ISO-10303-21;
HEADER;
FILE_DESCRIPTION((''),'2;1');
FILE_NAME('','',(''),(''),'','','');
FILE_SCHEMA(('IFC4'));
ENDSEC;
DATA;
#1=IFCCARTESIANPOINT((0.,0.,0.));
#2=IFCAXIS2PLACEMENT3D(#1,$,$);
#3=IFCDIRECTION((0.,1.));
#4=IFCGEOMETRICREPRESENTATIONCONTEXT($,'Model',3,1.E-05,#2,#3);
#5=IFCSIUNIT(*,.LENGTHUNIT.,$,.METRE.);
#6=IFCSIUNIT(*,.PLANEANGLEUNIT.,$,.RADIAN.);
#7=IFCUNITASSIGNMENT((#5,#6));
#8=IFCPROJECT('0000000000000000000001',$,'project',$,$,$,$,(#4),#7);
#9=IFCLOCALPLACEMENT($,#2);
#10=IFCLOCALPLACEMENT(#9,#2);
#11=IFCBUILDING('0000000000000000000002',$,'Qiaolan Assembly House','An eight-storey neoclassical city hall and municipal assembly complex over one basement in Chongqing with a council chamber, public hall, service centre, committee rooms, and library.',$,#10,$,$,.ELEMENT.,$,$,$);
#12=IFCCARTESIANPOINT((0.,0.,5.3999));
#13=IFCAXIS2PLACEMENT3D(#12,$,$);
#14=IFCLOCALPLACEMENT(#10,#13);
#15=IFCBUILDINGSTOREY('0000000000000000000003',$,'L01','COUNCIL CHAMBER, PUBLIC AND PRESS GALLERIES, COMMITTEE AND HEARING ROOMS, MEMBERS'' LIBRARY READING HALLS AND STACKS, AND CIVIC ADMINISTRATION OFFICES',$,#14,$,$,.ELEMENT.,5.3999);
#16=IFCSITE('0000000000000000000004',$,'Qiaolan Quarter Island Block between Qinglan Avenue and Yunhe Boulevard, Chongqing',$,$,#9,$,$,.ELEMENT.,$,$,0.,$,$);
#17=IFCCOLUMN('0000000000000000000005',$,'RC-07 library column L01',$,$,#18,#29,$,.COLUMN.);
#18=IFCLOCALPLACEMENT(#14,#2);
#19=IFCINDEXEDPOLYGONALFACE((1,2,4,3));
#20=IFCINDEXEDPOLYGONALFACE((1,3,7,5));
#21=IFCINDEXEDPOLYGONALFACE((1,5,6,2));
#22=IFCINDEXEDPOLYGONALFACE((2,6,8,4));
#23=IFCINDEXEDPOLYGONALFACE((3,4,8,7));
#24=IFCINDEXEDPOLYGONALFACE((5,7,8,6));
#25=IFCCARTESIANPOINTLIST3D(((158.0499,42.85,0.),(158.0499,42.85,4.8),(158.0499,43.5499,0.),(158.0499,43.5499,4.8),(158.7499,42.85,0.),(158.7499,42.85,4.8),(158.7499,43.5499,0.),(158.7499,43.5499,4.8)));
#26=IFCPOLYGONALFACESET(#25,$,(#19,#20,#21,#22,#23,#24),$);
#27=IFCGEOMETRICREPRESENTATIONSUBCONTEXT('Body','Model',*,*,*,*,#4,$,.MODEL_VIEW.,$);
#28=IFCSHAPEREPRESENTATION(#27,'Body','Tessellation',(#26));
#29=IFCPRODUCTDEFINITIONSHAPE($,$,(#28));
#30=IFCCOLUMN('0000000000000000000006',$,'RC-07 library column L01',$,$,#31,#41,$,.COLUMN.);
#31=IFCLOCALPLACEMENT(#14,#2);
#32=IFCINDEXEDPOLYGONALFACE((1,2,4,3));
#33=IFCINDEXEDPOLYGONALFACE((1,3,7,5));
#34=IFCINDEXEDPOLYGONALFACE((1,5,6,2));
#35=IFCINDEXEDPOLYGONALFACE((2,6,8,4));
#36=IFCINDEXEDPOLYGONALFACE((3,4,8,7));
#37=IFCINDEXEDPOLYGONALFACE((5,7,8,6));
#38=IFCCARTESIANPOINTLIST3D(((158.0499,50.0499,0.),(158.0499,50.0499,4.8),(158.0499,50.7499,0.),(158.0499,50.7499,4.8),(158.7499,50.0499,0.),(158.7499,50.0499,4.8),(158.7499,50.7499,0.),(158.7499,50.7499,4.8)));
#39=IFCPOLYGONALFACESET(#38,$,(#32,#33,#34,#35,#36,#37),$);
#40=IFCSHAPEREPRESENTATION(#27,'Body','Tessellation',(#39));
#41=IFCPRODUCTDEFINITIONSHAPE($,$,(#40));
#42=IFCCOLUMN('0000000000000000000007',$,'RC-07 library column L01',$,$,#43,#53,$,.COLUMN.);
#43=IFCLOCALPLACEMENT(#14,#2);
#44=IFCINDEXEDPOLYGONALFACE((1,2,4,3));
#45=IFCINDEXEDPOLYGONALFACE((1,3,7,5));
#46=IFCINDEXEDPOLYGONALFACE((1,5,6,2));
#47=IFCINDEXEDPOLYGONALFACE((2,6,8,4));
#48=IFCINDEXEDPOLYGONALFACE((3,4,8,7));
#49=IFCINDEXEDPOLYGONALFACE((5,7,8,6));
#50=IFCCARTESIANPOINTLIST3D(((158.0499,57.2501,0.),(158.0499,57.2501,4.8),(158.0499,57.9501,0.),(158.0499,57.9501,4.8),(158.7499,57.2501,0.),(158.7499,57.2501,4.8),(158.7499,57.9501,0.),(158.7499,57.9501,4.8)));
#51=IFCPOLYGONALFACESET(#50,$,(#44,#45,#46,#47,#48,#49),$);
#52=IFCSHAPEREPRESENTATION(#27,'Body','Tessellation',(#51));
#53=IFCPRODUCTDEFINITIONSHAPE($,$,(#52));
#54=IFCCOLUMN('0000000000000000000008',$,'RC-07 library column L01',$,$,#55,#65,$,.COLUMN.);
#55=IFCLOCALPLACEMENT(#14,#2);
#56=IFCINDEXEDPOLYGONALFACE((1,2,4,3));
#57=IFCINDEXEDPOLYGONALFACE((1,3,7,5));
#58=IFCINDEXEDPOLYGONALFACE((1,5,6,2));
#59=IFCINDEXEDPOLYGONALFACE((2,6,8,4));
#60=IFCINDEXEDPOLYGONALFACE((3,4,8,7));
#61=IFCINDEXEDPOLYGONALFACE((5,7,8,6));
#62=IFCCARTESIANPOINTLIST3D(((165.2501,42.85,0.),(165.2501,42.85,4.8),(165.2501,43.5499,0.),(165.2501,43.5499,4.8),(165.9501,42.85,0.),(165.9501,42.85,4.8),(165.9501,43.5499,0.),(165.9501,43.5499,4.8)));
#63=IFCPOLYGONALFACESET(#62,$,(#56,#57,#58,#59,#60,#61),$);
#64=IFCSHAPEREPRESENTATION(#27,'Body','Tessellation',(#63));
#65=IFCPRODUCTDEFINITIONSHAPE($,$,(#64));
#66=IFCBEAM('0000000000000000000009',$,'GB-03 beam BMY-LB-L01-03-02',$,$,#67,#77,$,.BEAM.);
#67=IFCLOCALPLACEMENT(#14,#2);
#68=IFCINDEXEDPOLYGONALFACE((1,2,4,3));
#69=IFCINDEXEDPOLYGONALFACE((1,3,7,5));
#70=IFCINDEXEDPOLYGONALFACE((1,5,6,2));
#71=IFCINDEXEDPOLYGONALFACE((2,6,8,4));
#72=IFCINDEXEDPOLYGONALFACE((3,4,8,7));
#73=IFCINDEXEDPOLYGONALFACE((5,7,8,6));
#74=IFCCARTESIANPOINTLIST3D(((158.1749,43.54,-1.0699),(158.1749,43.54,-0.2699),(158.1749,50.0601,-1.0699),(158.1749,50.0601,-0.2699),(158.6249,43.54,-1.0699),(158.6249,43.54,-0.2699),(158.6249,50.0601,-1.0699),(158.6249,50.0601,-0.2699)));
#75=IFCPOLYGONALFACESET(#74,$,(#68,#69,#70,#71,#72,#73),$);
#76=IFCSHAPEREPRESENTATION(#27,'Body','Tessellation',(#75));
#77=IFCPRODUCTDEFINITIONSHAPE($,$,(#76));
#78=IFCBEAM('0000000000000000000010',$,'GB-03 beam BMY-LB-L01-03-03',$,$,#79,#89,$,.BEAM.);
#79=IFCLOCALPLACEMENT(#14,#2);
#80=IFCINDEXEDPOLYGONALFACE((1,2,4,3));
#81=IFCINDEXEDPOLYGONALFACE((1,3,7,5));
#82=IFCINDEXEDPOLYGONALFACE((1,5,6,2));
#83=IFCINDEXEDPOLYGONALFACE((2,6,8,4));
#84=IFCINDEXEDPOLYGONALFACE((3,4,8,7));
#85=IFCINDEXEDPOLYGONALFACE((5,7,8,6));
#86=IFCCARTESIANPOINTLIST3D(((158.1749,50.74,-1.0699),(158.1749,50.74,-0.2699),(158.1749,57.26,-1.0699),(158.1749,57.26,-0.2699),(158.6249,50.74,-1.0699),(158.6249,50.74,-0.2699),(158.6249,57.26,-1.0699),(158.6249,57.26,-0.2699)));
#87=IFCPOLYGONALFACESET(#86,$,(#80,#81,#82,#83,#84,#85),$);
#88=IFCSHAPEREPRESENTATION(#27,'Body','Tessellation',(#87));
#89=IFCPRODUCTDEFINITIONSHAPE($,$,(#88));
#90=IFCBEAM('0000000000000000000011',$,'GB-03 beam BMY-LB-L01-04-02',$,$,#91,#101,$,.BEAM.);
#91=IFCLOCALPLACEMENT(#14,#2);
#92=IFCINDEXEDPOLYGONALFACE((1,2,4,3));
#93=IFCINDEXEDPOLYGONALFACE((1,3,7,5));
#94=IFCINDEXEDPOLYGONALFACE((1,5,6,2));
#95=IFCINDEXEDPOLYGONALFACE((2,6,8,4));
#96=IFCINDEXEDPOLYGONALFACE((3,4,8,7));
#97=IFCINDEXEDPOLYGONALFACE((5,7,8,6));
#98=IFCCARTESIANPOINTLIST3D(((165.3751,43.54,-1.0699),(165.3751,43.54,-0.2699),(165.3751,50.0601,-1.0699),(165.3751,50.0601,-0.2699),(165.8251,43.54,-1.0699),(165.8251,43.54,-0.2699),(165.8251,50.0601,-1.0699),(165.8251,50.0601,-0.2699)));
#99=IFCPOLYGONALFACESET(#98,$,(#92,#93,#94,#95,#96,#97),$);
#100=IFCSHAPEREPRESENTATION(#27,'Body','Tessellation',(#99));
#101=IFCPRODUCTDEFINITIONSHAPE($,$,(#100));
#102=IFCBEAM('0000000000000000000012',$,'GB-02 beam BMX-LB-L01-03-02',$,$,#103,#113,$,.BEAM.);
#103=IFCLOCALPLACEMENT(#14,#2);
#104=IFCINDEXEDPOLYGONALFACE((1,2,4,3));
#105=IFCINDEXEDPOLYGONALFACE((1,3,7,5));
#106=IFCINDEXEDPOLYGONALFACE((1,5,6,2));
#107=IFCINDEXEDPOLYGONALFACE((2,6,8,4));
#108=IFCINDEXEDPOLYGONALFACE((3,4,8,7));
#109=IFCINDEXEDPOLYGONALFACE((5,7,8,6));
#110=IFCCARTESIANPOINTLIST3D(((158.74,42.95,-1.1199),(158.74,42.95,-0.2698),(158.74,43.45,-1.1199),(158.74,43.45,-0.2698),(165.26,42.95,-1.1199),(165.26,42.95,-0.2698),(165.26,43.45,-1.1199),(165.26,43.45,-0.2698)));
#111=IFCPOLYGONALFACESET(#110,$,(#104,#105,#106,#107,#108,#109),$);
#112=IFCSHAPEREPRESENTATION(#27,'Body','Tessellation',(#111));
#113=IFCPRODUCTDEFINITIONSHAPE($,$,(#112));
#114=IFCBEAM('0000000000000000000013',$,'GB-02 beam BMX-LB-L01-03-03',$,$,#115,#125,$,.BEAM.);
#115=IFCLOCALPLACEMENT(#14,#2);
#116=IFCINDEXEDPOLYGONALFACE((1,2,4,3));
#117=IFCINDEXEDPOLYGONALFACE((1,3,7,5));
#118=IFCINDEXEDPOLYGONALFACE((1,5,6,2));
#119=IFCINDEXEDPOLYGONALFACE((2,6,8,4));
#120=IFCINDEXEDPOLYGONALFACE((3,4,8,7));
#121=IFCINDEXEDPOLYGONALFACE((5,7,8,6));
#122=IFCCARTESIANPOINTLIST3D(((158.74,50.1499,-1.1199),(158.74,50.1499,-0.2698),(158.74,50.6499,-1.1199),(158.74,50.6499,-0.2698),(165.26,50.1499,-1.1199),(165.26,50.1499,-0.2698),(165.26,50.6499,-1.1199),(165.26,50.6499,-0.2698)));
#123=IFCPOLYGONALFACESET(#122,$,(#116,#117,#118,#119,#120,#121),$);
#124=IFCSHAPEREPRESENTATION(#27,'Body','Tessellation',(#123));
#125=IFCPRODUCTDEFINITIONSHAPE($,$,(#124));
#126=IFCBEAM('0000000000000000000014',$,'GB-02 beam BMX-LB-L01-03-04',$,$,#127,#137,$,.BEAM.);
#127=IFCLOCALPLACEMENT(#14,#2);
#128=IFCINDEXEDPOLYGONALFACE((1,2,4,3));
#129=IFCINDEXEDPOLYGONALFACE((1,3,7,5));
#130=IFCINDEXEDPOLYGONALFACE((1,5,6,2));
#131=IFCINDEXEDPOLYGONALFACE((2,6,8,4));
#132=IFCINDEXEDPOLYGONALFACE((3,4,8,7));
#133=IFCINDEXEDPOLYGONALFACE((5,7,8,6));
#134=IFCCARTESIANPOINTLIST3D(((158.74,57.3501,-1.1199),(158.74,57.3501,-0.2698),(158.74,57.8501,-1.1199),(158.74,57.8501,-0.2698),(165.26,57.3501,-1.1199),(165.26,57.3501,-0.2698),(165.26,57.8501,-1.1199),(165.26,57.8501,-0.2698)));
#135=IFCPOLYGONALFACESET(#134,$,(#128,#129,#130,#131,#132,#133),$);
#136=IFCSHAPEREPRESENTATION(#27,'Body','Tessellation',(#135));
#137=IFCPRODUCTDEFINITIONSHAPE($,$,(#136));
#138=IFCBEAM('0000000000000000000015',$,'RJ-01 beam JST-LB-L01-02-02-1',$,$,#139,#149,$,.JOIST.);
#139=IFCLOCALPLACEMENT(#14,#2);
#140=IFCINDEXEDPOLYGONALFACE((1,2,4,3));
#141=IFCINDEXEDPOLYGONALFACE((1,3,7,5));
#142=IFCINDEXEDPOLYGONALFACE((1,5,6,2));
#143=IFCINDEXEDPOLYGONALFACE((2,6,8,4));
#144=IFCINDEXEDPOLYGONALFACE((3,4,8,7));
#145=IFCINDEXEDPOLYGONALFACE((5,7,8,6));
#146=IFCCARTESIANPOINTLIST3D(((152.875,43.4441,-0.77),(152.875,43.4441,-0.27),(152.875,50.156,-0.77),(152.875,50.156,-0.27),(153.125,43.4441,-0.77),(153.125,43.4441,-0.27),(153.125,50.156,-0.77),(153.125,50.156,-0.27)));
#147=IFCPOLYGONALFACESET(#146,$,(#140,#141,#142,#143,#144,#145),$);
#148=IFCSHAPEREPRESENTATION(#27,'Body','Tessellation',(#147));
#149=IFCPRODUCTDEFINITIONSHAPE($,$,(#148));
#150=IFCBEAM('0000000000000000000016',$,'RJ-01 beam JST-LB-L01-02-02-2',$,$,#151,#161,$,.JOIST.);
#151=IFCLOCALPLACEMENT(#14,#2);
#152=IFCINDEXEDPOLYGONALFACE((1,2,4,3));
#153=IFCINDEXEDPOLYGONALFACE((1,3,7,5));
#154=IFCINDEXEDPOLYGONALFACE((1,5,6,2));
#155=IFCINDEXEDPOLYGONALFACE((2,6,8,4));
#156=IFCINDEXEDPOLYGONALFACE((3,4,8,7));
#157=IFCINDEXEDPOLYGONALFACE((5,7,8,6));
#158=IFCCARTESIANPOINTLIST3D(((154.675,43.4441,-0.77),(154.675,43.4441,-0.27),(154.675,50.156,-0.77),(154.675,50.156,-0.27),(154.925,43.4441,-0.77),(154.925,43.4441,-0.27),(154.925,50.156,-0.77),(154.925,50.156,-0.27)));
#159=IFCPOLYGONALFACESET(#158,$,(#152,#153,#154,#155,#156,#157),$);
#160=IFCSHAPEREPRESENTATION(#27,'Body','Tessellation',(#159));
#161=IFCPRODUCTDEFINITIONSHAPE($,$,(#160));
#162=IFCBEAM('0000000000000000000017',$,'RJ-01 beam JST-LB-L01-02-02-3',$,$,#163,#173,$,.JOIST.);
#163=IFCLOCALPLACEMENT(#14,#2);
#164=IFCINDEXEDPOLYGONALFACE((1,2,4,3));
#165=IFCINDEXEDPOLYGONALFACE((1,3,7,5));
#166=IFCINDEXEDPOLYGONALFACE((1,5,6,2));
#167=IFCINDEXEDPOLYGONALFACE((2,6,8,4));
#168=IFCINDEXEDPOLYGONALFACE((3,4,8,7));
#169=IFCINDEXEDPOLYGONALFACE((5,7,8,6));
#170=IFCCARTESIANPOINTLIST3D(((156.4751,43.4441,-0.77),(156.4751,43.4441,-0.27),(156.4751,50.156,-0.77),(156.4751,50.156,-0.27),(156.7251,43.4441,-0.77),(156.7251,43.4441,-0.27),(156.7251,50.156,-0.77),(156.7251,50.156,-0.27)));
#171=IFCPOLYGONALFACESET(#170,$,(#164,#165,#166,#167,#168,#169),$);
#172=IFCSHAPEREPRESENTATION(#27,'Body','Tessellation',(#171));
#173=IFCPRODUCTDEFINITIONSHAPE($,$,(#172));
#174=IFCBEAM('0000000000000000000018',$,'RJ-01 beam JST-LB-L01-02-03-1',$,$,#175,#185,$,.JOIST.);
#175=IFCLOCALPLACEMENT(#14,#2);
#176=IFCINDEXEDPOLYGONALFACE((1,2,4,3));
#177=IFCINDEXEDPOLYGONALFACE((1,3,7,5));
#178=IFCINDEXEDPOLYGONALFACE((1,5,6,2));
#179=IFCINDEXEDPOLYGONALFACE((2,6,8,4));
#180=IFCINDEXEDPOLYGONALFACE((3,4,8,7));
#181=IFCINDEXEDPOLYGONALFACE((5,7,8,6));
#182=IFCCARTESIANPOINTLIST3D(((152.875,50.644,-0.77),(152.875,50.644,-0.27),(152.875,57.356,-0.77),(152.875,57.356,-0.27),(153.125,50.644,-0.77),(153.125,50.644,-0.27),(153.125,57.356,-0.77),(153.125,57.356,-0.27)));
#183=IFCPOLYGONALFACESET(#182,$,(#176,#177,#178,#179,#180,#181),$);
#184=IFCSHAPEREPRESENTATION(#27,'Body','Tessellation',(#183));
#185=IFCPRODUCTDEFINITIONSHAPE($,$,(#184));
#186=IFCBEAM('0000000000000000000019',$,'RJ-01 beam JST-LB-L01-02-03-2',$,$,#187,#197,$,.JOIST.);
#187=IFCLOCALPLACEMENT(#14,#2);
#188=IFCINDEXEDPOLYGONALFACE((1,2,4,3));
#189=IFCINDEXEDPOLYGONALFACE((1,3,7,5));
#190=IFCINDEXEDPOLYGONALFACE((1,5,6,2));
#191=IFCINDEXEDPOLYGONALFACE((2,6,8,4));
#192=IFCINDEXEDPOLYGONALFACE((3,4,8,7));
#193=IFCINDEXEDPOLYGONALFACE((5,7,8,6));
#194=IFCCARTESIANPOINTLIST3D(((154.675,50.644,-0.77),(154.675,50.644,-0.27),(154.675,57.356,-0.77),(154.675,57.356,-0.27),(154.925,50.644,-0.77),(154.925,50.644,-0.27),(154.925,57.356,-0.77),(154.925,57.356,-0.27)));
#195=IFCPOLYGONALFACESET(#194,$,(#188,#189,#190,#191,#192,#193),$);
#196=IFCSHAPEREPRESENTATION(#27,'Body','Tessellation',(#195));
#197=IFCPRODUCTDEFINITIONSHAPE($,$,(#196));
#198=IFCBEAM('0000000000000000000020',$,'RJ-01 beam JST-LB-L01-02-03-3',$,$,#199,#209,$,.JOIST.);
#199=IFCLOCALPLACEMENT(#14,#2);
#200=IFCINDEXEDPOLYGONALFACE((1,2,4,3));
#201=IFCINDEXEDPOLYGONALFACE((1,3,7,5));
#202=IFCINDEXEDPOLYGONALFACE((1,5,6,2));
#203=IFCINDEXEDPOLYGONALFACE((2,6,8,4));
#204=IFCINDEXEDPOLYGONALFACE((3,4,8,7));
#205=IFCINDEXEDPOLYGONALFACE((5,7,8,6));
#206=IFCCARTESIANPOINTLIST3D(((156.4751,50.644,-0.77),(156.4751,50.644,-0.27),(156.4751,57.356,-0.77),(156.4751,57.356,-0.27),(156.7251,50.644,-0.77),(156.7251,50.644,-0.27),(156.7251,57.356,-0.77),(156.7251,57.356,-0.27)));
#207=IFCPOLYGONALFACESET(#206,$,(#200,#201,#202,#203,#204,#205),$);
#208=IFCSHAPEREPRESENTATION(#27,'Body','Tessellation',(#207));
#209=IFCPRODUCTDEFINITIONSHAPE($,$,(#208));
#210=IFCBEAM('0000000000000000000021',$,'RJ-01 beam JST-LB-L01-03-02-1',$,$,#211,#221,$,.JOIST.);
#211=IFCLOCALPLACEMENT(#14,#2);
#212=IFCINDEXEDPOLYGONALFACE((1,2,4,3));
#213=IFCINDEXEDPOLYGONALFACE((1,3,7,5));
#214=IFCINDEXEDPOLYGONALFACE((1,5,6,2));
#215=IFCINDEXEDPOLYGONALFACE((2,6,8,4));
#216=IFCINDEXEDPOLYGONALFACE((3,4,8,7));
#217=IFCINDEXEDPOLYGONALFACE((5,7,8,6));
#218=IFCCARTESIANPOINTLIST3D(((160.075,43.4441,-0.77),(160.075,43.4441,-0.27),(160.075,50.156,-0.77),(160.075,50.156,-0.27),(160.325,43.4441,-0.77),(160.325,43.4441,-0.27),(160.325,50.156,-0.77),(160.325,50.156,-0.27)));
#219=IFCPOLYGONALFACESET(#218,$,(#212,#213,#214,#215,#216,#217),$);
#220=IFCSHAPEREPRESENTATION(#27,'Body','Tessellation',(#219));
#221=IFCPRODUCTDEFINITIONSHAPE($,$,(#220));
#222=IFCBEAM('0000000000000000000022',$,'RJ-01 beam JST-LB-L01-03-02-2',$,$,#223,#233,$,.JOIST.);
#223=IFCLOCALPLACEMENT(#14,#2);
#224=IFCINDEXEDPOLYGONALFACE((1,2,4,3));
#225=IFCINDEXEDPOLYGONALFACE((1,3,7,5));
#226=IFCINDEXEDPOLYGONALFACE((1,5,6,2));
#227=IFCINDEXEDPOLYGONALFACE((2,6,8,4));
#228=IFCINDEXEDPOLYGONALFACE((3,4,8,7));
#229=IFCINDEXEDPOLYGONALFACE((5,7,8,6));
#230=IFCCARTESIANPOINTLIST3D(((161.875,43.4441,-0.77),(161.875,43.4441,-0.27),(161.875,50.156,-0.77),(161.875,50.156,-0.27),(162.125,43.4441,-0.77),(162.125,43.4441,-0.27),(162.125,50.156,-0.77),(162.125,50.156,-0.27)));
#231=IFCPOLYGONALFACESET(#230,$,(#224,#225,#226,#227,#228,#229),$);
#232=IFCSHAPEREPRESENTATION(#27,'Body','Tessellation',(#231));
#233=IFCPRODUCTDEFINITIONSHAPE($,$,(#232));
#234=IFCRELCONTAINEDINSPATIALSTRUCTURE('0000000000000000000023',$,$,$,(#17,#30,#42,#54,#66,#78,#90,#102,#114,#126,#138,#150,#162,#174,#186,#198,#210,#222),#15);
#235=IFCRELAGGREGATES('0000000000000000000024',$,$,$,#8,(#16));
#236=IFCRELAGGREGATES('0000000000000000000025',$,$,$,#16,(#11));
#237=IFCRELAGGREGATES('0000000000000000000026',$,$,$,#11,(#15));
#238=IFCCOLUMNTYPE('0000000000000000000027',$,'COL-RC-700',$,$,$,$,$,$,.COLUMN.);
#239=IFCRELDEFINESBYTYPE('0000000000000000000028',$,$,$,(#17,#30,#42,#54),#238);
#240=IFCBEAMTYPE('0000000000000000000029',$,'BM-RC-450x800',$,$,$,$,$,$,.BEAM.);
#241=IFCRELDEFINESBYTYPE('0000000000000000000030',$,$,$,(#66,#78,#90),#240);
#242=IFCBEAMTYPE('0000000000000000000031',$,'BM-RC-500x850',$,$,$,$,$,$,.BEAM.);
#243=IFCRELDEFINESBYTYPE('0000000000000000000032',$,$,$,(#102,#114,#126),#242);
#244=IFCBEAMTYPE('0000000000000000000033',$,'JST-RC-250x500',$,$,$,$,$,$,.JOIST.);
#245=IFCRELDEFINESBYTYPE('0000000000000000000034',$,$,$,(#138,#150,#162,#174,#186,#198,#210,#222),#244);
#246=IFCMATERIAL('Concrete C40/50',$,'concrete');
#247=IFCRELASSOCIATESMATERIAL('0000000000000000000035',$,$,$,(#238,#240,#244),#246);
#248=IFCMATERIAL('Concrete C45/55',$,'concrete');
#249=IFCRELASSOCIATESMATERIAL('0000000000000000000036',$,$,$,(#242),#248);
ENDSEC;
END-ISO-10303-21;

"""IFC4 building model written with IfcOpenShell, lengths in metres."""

from ifc_helpers import new_model, si_unit, direction, frame, origin, origin_2d, place, context, subcontext, project, spatial, rectangle, extrude, material, material_profile, profile_set, type_object, element, save


model = new_model("IFC4")

# Units and contexts
model_context = context("Model", 3, precision=1e-05, world=origin(), true_north=direction((0.0, 1.0)))
body_context = subcontext(model_context, "Body", "Model", "MODEL_VIEW")
ifc_project = project(units=[si_unit("LENGTHUNIT", "METRE"), si_unit("PLANEANGLEUNIT", "RADIAN")], contexts=[model_context])

# Site, building, storey
site_placement = place(None, origin())
site = spatial("IfcSite", under=ifc_project, at=site_placement, Name="Qiaolan Quarter Island Block between Qinglan Avenue and Yunhe Boulevard, Chongqing", CompositionType="ELEMENT", RefElevation=0.0)
building_placement = place(site_placement, origin())
building = spatial("IfcBuilding", under=site, at=building_placement, Name="Qiaolan Assembly House", Description="An eight-storey neoclassical city hall and municipal assembly complex over one basement in Chongqing with a council chamber, public hall, service centre, committee rooms, and library.", CompositionType="ELEMENT")
storey_placement = place(building_placement, frame((0.0, 0.0, 5.3999)))
storey = spatial("IfcBuildingStorey", under=building, at=storey_placement, Name="L01", Description="COUNCIL CHAMBER, PUBLIC AND PRESS GALLERIES, COMMITTEE AND HEARING ROOMS, MEMBERS' LIBRARY READING HALLS AND STACKS, AND CIVIC ADMINISTRATION OFFICES", CompositionType="ELEMENT", Elevation=5.3999)

# Columns
ifc_material_1 = material(Name="Concrete C40/50", Category="concrete")
ifc_material_profile_1 = material_profile(ifc_material_1, rectangle(XDim=0.7, YDim=0.7, at=origin_2d()), Name="RC 700x700")
ifc_profile_set_1 = profile_set([ifc_material_profile_1], Name="Concrete C40/50")
column_type = type_object("IfcColumnType", Name="COL-RC-700", PredefinedType="COLUMN", material=ifc_profile_set_1)
for number, where, z_axis, x_axis, name in (
    (1, (158.3999, 43.2, 0.0), (0.0, 0.0, 1.0), (1.0, 0.0, 0.0), "RC-07 library column L01"),
    (2, (158.3999, 50.3999, 0.0), (0.0, 0.0, 1.0), (1.0, 0.0, 0.0), "RC-07 library column L01"),
    (3, (158.3999, 57.6001, 0.0), (0.0, 0.0, 1.0), (1.0, 0.0, 0.0), "RC-07 library column L01"),
    (4, (165.6001, 43.2, 0.0), (0.0, 0.0, 1.0), (1.0, 0.0, 0.0), "RC-07 library column L01"),
):
    element("IfcColumn", number, at=place(storey_placement, frame(where, z_axis=z_axis, x_axis=x_axis)), inside=storey, type_object=column_type, Name=name, PredefinedType="COLUMN", context=body_context, shape_type="SweptSolid", body=[
        extrude(rectangle(XDim=0.7, YDim=0.7, at=origin_2d()), origin(), (0.0, 0.0, 1.0), 4.8),
    ])

# Beams
ifc_material_profile_2 = material_profile(ifc_material_1, rectangle(XDim=0.45, YDim=0.8, at=origin_2d()), Name="RCB 450x800")
ifc_profile_set_2 = profile_set([ifc_material_profile_2], Name="Concrete C40/50")
beam_type_1 = type_object("IfcBeamType", Name="BM-RC-450x800", PredefinedType="BEAM", material=ifc_profile_set_2)
for number, where, z_axis, x_axis, name in (
    (5, (158.3999, 43.54, -0.6699), (0.0, 1.0, 0.0), (-1.0, 0.0, 0.0), "GB-03 beam BMY-LB-L01-03-02"),
    (6, (158.3999, 50.74, -0.6699), (0.0, 1.0, 0.0), (-1.0, 0.0, 0.0), "GB-03 beam BMY-LB-L01-03-03"),
    (7, (165.6001, 43.54, -0.6699), (0.0, 1.0, 0.0), (-1.0, 0.0, 0.0), "GB-03 beam BMY-LB-L01-04-02"),
):
    element("IfcBeam", number, at=place(storey_placement, frame(where, z_axis=z_axis, x_axis=x_axis)), inside=storey, type_object=beam_type_1, Name=name, PredefinedType="BEAM", context=body_context, shape_type="SweptSolid", body=[
        extrude(rectangle(XDim=0.45, YDim=0.8, at=origin_2d()), origin(), (0.0, 0.0, 1.0), 6.52),
    ])
ifc_material_2 = material(Name="Concrete C45/55", Category="concrete")
ifc_material_profile_3 = material_profile(ifc_material_2, rectangle(XDim=0.5, YDim=0.8501, at=origin_2d()), Name="RCB 500x850")
ifc_profile_set_3 = profile_set([ifc_material_profile_3], Name="Concrete C45/55")
beam_type_2 = type_object("IfcBeamType", Name="BM-RC-500x850", PredefinedType="BEAM", material=ifc_profile_set_3)
for number, where, z_axis, x_axis, name in (
    (8, (158.74, 43.2, -0.6948), (1.0, 0.0, 0.0), (0.0, 1.0, 0.0), "GB-02 beam BMX-LB-L01-03-02"),
    (9, (158.74, 50.3999, -0.6948), (1.0, 0.0, 0.0), (0.0, 1.0, 0.0), "GB-02 beam BMX-LB-L01-03-03"),
    (10, (158.74, 57.6001, -0.6948), (1.0, 0.0, 0.0), (0.0, 1.0, 0.0), "GB-02 beam BMX-LB-L01-03-04"),
):
    element("IfcBeam", number, at=place(storey_placement, frame(where, z_axis=z_axis, x_axis=x_axis)), inside=storey, type_object=beam_type_2, Name=name, PredefinedType="BEAM", context=body_context, shape_type="SweptSolid", body=[
        extrude(rectangle(XDim=0.5, YDim=0.8501, at=origin_2d()), origin(), (0.0, 0.0, 1.0), 6.52),
    ])
ifc_material_profile_4 = material_profile(ifc_material_1, rectangle(XDim=0.25, YDim=0.5, at=origin_2d()), Name="RCB 250x500")
ifc_profile_set_4 = profile_set([ifc_material_profile_4], Name="Concrete C40/50")
beam_type_3 = type_object("IfcBeamType", Name="JST-RC-250x500", PredefinedType="JOIST", material=ifc_profile_set_4)
for number, where, z_axis, x_axis, name in (
    (11, (153.0, 43.4441, -0.52), (0.0, 1.0, 0.0), (-1.0, 0.0, 0.0), "RJ-01 beam JST-LB-L01-02-02-1"),
    (12, (154.8, 43.4441, -0.52), (0.0, 1.0, 0.0), (-1.0, 0.0, 0.0), "RJ-01 beam JST-LB-L01-02-02-2"),
    (13, (156.6001, 43.4441, -0.52), (0.0, 1.0, 0.0), (-1.0, 0.0, 0.0), "RJ-01 beam JST-LB-L01-02-02-3"),
    (14, (153.0, 50.644, -0.52), (0.0, 1.0, 0.0), (-1.0, 0.0, 0.0), "RJ-01 beam JST-LB-L01-02-03-1"),
    (15, (154.8, 50.644, -0.52), (0.0, 1.0, 0.0), (-1.0, 0.0, 0.0), "RJ-01 beam JST-LB-L01-02-03-2"),
    (16, (156.6001, 50.644, -0.52), (0.0, 1.0, 0.0), (-1.0, 0.0, 0.0), "RJ-01 beam JST-LB-L01-02-03-3"),
    (17, (160.2, 43.4441, -0.52), (0.0, 1.0, 0.0), (-1.0, 0.0, 0.0), "RJ-01 beam JST-LB-L01-03-02-1"),
    (18, (162.0, 43.4441, -0.52), (0.0, 1.0, 0.0), (-1.0, 0.0, 0.0), "RJ-01 beam JST-LB-L01-03-02-2"),
):
    element("IfcBeam", number, at=place(storey_placement, frame(where, z_axis=z_axis, x_axis=x_axis)), inside=storey, type_object=beam_type_3, Name=name, PredefinedType="JOIST", context=body_context, shape_type="SweptSolid", body=[
        extrude(rectangle(XDim=0.25, YDim=0.5, at=origin_2d()), origin(), (0.0, 0.0, 1.0), 6.7119),
    ])

save(model, "model.ifc")
